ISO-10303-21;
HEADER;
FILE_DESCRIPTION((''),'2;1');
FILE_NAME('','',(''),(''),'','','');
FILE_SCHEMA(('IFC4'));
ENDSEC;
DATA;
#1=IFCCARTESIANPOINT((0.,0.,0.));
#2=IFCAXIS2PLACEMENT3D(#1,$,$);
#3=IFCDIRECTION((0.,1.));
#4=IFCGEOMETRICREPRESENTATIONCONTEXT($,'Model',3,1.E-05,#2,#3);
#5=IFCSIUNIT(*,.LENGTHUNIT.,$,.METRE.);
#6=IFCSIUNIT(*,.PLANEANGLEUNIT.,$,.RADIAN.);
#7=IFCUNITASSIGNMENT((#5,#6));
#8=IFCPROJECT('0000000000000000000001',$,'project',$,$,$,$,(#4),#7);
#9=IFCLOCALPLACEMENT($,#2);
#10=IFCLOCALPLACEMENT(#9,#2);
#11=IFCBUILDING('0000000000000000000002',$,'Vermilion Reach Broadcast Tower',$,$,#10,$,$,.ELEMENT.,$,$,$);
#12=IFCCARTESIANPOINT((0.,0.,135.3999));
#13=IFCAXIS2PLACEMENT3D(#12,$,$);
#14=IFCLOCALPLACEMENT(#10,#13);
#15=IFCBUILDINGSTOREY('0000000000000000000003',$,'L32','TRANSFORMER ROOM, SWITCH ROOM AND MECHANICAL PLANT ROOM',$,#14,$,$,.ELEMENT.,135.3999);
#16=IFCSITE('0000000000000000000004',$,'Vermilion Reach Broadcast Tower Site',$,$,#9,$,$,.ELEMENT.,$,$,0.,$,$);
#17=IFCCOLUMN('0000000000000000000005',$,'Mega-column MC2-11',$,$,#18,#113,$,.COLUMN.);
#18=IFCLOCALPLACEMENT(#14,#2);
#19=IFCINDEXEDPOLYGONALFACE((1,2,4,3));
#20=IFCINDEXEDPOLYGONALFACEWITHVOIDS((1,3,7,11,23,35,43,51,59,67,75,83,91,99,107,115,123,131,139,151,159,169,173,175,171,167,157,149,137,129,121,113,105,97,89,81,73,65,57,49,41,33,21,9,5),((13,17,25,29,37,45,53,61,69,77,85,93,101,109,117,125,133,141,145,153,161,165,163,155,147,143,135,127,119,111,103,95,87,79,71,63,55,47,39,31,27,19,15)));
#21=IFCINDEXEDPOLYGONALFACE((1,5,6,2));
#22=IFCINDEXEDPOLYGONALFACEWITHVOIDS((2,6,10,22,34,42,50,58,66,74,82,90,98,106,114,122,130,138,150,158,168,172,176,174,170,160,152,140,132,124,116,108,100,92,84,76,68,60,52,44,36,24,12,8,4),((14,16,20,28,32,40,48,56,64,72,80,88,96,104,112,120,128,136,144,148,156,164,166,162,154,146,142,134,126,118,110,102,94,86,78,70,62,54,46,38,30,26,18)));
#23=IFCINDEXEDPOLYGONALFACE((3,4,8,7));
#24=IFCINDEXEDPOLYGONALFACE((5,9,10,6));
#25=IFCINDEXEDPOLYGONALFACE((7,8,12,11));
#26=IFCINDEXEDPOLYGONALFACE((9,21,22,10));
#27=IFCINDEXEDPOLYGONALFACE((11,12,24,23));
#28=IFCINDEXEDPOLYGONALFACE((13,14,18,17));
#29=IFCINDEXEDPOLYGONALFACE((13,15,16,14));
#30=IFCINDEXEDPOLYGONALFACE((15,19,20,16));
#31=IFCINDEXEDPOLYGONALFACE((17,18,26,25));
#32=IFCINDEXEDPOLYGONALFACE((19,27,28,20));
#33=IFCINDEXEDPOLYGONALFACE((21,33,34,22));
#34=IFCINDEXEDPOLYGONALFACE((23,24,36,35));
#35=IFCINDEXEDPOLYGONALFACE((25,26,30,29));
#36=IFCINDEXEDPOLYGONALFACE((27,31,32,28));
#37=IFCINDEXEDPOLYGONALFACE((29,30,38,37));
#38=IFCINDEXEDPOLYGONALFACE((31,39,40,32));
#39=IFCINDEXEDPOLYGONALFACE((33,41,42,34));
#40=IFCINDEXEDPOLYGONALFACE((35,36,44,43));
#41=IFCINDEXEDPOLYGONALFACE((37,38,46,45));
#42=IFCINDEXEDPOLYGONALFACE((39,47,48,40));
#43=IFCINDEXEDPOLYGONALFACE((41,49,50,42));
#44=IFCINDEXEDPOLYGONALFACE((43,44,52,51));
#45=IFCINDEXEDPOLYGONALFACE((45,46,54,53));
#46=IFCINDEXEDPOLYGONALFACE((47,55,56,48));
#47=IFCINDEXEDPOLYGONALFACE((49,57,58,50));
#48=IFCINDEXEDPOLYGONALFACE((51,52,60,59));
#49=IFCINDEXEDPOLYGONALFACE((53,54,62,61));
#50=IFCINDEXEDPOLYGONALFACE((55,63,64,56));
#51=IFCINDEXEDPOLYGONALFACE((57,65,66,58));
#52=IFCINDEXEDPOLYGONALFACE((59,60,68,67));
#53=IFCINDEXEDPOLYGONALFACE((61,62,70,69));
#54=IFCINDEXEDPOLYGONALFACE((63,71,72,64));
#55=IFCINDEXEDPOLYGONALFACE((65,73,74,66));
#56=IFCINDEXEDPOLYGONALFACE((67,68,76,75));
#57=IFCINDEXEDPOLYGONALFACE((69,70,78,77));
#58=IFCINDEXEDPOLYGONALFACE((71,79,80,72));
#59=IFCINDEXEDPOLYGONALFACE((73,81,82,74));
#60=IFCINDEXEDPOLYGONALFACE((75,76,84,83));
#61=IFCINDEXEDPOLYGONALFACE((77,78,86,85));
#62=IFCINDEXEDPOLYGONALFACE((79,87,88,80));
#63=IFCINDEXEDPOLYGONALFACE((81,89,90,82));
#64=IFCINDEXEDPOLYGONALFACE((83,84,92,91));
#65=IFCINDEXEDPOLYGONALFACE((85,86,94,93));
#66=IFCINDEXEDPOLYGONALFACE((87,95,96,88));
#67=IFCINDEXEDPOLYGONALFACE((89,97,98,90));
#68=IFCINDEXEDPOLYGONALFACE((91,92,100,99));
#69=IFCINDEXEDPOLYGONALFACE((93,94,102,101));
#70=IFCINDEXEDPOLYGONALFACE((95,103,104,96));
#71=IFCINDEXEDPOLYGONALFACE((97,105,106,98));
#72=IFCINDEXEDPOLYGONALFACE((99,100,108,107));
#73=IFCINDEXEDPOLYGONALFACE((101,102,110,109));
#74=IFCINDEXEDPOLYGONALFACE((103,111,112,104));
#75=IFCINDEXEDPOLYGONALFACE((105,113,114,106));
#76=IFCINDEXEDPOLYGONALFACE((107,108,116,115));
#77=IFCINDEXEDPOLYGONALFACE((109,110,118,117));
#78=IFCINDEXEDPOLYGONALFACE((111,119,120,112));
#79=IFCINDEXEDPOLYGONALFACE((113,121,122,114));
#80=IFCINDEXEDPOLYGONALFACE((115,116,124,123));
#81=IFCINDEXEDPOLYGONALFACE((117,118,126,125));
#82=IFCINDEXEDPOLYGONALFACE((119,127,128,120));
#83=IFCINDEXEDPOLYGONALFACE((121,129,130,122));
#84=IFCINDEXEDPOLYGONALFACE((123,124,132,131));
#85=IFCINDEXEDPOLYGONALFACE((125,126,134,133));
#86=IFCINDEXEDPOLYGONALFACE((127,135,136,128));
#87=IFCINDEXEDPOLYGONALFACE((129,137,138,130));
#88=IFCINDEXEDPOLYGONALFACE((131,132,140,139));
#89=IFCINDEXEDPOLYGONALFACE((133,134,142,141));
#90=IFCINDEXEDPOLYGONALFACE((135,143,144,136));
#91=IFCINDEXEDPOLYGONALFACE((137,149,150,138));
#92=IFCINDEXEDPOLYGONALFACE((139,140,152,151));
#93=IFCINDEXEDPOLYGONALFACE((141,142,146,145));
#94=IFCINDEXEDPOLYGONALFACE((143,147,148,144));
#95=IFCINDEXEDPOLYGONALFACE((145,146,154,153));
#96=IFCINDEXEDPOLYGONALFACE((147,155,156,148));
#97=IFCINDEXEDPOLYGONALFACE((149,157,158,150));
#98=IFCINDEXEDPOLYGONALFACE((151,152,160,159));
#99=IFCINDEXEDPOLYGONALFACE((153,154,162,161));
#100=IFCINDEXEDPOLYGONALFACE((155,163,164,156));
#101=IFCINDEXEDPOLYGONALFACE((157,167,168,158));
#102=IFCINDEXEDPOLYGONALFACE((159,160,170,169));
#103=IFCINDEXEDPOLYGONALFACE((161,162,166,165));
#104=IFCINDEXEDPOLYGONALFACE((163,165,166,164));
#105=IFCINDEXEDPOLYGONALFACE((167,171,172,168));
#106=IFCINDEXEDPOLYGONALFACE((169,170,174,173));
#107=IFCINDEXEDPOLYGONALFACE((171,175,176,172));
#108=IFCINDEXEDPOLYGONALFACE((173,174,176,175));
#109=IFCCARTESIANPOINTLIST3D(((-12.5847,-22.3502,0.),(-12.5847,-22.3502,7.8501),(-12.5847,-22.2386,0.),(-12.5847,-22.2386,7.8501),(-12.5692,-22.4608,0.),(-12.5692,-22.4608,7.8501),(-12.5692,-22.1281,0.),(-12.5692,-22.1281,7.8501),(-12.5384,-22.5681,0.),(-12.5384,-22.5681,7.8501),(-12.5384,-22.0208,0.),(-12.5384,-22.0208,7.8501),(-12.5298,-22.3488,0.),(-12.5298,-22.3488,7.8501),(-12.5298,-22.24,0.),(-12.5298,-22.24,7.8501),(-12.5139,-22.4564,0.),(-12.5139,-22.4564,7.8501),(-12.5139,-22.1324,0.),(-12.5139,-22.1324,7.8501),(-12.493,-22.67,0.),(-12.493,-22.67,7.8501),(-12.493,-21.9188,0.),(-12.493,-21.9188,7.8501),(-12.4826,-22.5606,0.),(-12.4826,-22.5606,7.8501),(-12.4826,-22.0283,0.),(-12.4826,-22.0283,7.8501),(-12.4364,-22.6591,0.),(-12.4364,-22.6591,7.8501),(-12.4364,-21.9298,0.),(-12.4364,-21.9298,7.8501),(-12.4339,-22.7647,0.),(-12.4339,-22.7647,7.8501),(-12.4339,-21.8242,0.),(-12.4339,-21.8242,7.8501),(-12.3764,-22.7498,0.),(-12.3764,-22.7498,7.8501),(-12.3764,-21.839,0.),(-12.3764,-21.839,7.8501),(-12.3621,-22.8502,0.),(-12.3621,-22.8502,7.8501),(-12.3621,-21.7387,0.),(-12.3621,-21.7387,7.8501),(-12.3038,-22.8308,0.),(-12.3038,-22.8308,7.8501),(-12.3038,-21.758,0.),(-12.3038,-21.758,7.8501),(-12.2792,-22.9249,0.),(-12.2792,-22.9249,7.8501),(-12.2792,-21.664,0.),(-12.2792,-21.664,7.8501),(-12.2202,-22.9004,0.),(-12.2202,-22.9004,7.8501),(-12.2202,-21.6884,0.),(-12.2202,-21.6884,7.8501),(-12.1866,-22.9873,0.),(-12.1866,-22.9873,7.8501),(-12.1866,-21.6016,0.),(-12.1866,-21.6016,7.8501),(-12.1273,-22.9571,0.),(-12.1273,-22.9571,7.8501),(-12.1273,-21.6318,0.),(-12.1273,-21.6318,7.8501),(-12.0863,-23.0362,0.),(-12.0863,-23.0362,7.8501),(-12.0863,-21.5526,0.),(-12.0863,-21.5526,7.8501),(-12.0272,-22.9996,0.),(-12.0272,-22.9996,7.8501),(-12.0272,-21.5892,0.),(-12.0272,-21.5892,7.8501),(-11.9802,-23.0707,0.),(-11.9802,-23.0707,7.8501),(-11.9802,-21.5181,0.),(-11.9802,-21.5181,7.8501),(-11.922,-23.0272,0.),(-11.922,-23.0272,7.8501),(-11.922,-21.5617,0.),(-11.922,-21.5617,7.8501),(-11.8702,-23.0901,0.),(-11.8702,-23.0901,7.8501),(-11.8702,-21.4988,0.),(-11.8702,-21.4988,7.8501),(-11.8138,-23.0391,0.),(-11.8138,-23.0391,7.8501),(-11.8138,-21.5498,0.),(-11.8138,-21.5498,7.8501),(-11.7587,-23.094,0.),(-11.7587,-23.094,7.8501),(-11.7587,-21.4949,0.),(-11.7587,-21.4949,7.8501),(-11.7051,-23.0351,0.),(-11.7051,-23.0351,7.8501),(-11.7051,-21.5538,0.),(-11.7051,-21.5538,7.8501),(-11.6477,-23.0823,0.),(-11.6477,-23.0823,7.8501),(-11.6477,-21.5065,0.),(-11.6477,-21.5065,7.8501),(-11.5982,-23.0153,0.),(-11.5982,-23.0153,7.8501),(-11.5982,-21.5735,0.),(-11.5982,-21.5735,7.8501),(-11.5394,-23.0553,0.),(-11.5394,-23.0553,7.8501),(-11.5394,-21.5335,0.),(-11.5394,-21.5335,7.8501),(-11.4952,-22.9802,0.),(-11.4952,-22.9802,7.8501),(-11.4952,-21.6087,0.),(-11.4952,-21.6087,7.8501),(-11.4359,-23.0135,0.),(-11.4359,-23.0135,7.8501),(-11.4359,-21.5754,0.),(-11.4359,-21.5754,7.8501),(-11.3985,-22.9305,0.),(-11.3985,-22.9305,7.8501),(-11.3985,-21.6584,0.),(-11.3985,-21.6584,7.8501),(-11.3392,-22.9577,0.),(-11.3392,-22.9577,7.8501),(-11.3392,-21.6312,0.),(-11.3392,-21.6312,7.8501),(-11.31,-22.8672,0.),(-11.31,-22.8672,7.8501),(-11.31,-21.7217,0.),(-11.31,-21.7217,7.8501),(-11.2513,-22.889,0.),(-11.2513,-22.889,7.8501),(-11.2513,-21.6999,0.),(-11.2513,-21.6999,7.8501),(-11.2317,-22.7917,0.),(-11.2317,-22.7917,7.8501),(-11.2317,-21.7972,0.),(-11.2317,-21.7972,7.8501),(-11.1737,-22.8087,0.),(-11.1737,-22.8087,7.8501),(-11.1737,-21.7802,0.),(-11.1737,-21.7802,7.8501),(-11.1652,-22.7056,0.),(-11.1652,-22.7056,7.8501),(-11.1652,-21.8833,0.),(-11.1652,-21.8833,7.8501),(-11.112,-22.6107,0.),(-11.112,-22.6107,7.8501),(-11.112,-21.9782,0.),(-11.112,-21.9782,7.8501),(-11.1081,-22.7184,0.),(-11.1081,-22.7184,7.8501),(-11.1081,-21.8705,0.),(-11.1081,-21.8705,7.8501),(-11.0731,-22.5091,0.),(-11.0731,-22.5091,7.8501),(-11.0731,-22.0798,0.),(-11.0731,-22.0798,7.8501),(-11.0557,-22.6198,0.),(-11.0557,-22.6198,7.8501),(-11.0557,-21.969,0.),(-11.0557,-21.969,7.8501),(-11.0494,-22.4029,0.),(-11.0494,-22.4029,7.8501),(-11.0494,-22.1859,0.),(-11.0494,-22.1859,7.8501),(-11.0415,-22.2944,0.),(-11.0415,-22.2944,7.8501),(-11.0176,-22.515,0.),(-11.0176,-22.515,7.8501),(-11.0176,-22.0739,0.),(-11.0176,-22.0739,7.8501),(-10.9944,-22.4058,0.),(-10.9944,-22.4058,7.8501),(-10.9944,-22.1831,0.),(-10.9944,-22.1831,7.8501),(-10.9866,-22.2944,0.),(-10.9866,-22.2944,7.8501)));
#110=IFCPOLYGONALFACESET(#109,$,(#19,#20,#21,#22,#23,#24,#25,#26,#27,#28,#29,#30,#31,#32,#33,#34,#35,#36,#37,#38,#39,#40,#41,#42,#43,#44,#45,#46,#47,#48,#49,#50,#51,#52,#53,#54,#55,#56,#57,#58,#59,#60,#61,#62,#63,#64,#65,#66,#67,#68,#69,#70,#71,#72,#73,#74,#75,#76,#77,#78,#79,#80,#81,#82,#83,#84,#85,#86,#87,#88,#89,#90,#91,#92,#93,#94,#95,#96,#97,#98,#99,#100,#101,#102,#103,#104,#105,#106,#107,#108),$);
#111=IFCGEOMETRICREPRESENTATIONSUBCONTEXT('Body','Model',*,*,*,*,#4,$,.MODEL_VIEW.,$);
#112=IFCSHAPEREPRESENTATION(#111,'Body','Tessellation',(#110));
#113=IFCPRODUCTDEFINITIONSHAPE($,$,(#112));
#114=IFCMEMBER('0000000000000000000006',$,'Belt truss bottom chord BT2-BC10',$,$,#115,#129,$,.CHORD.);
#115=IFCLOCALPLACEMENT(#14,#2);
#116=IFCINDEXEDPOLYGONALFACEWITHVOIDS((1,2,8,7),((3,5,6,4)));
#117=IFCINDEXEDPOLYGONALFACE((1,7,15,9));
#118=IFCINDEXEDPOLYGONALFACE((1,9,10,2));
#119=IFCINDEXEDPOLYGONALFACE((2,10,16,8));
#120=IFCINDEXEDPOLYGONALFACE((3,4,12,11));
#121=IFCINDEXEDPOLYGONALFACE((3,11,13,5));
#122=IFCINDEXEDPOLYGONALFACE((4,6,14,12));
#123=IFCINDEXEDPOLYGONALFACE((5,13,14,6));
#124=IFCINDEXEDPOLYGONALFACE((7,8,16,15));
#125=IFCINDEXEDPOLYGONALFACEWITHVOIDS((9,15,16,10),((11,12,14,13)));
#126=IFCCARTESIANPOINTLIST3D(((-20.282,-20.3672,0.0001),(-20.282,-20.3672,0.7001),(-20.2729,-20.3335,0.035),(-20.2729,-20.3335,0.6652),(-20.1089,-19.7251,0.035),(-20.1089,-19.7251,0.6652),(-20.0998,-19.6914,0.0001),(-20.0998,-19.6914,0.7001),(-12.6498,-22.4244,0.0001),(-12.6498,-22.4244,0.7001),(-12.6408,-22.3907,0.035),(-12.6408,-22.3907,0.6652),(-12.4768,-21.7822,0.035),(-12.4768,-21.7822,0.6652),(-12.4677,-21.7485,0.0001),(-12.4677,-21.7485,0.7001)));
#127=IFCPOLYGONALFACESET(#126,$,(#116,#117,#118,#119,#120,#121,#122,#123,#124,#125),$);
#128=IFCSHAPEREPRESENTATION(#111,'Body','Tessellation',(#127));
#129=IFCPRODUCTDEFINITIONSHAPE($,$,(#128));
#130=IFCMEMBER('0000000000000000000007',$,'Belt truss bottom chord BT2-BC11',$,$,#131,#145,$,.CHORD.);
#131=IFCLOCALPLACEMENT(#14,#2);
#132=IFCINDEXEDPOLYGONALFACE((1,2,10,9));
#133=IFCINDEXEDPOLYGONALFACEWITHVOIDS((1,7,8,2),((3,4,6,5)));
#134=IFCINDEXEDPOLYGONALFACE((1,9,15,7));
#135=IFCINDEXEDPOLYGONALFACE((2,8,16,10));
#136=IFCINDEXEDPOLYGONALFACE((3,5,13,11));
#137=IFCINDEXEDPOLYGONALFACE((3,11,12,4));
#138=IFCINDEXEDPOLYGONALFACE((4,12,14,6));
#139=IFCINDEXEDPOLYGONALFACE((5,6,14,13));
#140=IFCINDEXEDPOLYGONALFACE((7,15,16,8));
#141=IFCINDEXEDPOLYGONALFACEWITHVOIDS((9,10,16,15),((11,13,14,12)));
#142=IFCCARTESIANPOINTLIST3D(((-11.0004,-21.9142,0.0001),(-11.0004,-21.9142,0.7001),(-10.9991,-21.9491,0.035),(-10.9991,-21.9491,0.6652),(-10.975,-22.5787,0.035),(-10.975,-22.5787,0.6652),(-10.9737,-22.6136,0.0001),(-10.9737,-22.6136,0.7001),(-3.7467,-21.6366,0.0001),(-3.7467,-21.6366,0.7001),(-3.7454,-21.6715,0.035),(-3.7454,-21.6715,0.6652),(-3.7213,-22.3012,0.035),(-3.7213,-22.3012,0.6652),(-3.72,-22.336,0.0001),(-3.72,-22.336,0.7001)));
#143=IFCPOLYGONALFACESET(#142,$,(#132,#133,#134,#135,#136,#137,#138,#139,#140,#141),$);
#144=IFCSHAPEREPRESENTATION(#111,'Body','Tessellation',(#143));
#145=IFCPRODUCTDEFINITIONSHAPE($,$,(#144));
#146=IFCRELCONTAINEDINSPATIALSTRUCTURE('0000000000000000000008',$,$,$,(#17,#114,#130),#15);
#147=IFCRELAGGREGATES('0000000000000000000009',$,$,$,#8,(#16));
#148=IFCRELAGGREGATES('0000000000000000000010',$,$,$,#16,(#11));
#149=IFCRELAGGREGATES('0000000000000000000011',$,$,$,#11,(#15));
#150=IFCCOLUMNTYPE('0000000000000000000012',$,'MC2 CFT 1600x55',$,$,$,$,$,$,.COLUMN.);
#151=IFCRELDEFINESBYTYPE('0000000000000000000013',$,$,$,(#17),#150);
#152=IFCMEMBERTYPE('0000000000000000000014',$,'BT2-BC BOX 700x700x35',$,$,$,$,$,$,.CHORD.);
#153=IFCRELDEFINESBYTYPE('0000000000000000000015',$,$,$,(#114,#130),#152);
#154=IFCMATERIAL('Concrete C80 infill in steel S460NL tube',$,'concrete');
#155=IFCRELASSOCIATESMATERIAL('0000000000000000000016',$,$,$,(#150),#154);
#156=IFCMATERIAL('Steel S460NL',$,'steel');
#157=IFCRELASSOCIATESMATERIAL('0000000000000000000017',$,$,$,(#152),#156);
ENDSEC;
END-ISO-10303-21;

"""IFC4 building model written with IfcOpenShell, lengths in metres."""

from ifc_helpers import new_model, si_unit, direction, frame, origin, origin_2d, place, context, subcontext, project, spatial, hollow_rectangle, hollow_circle, extrude, material, material_profile, profile_set, type_object, element, save


model = new_model("IFC4")

# Units and contexts
model_context = context("Model", 3, precision=1e-05, world=origin(), true_north=direction((0.0, 1.0)))
body_context = subcontext(model_context, "Body", "Model", "MODEL_VIEW")
ifc_project = project(units=[si_unit("LENGTHUNIT", "METRE"), si_unit("PLANEANGLEUNIT", "RADIAN")], contexts=[model_context])

# Site, building, storey
site_placement = place(None, origin())
site = spatial("IfcSite", under=ifc_project, at=site_placement, Name="Vermilion Reach Broadcast Tower Site", CompositionType="ELEMENT", RefElevation=0.0)
building_placement = place(site_placement, origin())
building = spatial("IfcBuilding", under=site, at=building_placement, Name="Vermilion Reach Broadcast Tower", CompositionType="ELEMENT")
storey_placement = place(building_placement, frame((0.0, 0.0, 135.3999)))
storey = spatial("IfcBuildingStorey", under=building, at=storey_placement, Name="L32", Description="TRANSFORMER ROOM, SWITCH ROOM AND MECHANICAL PLANT ROOM", CompositionType="ELEMENT", Elevation=135.3999)

# Column
ifc_material_1 = material(Name="Concrete C80 infill in steel S460NL tube", Category="concrete")
ifc_material_profile_1 = material_profile(ifc_material_1, hollow_circle(Radius=0.8, WallThickness=0.0549, at=origin_2d()), Name="Concrete C80 infill in steel S460NL tube CFT 1600x55")
ifc_profile_set_1 = profile_set([ifc_material_profile_1], Name="Concrete C80 infill in steel S460NL tube")
column_type = type_object("IfcColumnType", Name="MC2 CFT 1600x55", PredefinedType="COLUMN", material=ifc_profile_set_1)
column_placement = place(storey_placement, frame((-11.7866, -22.2944, 0.0), z_axis=(0.0, 0.0, 1.0), x_axis=(1.0, 0.0, 0.0)))
element("IfcColumn", 1, at=column_placement, inside=storey, type_object=column_type, Name="Mega-column MC2-11", PredefinedType="COLUMN", context=body_context, shape_type="SweptSolid", body=[
    extrude(hollow_circle(Radius=0.8, WallThickness=0.0549, at=origin_2d()), origin(), (0.0, 0.0, 1.0), 7.8501),
])

# Members
ifc_material_2 = material(Name="Steel S460NL", Category="steel")
ifc_material_profile_2 = material_profile(ifc_material_2, hollow_rectangle(XDim=0.7, YDim=0.7, WallThickness=0.0349, at=origin_2d()), Name="S460NL BOX 700x700x35")
ifc_profile_set_2 = profile_set([ifc_material_profile_2], Name="Steel S460NL")
member_type_1 = type_object("IfcMemberType", Name="BT2-BC BOX 700x700x35", PredefinedType="CHORD", material=ifc_profile_set_2)
member_1_placement = place(storey_placement, frame((-20.1909, -20.0293, 0.3501), z_axis=(0.965541, -0.260249, 0.0), x_axis=(0.260249, 0.965541, 0.0)))
element("IfcMember", 2, at=member_1_placement, inside=storey, type_object=member_type_1, Name="Belt truss bottom chord BT2-BC10", PredefinedType="CHORD", context=body_context, shape_type="SweptSolid", body=[
    extrude(hollow_rectangle(XDim=0.7, YDim=0.7, WallThickness=0.0349, at=origin_2d()), origin(), (0.0, 0.0, 1.0), 7.9045),
])
member_2_placement = place(storey_placement, frame((-10.9871, -22.2639, 0.3501), z_axis=(0.999269, 0.038241, 0.0), x_axis=(-0.038241, 0.999269, 0.0)))
element("IfcMember", 3, at=member_2_placement, inside=storey, type_object=member_type_1, Name="Belt truss bottom chord BT2-BC11", PredefinedType="CHORD", context=body_context, shape_type="SweptSolid", body=[
    extrude(hollow_rectangle(XDim=0.7, YDim=0.7, WallThickness=0.0349, at=origin_2d()), origin(), (0.0, 0.0, 1.0), 7.259),
])

save(model, "model.ifc")
